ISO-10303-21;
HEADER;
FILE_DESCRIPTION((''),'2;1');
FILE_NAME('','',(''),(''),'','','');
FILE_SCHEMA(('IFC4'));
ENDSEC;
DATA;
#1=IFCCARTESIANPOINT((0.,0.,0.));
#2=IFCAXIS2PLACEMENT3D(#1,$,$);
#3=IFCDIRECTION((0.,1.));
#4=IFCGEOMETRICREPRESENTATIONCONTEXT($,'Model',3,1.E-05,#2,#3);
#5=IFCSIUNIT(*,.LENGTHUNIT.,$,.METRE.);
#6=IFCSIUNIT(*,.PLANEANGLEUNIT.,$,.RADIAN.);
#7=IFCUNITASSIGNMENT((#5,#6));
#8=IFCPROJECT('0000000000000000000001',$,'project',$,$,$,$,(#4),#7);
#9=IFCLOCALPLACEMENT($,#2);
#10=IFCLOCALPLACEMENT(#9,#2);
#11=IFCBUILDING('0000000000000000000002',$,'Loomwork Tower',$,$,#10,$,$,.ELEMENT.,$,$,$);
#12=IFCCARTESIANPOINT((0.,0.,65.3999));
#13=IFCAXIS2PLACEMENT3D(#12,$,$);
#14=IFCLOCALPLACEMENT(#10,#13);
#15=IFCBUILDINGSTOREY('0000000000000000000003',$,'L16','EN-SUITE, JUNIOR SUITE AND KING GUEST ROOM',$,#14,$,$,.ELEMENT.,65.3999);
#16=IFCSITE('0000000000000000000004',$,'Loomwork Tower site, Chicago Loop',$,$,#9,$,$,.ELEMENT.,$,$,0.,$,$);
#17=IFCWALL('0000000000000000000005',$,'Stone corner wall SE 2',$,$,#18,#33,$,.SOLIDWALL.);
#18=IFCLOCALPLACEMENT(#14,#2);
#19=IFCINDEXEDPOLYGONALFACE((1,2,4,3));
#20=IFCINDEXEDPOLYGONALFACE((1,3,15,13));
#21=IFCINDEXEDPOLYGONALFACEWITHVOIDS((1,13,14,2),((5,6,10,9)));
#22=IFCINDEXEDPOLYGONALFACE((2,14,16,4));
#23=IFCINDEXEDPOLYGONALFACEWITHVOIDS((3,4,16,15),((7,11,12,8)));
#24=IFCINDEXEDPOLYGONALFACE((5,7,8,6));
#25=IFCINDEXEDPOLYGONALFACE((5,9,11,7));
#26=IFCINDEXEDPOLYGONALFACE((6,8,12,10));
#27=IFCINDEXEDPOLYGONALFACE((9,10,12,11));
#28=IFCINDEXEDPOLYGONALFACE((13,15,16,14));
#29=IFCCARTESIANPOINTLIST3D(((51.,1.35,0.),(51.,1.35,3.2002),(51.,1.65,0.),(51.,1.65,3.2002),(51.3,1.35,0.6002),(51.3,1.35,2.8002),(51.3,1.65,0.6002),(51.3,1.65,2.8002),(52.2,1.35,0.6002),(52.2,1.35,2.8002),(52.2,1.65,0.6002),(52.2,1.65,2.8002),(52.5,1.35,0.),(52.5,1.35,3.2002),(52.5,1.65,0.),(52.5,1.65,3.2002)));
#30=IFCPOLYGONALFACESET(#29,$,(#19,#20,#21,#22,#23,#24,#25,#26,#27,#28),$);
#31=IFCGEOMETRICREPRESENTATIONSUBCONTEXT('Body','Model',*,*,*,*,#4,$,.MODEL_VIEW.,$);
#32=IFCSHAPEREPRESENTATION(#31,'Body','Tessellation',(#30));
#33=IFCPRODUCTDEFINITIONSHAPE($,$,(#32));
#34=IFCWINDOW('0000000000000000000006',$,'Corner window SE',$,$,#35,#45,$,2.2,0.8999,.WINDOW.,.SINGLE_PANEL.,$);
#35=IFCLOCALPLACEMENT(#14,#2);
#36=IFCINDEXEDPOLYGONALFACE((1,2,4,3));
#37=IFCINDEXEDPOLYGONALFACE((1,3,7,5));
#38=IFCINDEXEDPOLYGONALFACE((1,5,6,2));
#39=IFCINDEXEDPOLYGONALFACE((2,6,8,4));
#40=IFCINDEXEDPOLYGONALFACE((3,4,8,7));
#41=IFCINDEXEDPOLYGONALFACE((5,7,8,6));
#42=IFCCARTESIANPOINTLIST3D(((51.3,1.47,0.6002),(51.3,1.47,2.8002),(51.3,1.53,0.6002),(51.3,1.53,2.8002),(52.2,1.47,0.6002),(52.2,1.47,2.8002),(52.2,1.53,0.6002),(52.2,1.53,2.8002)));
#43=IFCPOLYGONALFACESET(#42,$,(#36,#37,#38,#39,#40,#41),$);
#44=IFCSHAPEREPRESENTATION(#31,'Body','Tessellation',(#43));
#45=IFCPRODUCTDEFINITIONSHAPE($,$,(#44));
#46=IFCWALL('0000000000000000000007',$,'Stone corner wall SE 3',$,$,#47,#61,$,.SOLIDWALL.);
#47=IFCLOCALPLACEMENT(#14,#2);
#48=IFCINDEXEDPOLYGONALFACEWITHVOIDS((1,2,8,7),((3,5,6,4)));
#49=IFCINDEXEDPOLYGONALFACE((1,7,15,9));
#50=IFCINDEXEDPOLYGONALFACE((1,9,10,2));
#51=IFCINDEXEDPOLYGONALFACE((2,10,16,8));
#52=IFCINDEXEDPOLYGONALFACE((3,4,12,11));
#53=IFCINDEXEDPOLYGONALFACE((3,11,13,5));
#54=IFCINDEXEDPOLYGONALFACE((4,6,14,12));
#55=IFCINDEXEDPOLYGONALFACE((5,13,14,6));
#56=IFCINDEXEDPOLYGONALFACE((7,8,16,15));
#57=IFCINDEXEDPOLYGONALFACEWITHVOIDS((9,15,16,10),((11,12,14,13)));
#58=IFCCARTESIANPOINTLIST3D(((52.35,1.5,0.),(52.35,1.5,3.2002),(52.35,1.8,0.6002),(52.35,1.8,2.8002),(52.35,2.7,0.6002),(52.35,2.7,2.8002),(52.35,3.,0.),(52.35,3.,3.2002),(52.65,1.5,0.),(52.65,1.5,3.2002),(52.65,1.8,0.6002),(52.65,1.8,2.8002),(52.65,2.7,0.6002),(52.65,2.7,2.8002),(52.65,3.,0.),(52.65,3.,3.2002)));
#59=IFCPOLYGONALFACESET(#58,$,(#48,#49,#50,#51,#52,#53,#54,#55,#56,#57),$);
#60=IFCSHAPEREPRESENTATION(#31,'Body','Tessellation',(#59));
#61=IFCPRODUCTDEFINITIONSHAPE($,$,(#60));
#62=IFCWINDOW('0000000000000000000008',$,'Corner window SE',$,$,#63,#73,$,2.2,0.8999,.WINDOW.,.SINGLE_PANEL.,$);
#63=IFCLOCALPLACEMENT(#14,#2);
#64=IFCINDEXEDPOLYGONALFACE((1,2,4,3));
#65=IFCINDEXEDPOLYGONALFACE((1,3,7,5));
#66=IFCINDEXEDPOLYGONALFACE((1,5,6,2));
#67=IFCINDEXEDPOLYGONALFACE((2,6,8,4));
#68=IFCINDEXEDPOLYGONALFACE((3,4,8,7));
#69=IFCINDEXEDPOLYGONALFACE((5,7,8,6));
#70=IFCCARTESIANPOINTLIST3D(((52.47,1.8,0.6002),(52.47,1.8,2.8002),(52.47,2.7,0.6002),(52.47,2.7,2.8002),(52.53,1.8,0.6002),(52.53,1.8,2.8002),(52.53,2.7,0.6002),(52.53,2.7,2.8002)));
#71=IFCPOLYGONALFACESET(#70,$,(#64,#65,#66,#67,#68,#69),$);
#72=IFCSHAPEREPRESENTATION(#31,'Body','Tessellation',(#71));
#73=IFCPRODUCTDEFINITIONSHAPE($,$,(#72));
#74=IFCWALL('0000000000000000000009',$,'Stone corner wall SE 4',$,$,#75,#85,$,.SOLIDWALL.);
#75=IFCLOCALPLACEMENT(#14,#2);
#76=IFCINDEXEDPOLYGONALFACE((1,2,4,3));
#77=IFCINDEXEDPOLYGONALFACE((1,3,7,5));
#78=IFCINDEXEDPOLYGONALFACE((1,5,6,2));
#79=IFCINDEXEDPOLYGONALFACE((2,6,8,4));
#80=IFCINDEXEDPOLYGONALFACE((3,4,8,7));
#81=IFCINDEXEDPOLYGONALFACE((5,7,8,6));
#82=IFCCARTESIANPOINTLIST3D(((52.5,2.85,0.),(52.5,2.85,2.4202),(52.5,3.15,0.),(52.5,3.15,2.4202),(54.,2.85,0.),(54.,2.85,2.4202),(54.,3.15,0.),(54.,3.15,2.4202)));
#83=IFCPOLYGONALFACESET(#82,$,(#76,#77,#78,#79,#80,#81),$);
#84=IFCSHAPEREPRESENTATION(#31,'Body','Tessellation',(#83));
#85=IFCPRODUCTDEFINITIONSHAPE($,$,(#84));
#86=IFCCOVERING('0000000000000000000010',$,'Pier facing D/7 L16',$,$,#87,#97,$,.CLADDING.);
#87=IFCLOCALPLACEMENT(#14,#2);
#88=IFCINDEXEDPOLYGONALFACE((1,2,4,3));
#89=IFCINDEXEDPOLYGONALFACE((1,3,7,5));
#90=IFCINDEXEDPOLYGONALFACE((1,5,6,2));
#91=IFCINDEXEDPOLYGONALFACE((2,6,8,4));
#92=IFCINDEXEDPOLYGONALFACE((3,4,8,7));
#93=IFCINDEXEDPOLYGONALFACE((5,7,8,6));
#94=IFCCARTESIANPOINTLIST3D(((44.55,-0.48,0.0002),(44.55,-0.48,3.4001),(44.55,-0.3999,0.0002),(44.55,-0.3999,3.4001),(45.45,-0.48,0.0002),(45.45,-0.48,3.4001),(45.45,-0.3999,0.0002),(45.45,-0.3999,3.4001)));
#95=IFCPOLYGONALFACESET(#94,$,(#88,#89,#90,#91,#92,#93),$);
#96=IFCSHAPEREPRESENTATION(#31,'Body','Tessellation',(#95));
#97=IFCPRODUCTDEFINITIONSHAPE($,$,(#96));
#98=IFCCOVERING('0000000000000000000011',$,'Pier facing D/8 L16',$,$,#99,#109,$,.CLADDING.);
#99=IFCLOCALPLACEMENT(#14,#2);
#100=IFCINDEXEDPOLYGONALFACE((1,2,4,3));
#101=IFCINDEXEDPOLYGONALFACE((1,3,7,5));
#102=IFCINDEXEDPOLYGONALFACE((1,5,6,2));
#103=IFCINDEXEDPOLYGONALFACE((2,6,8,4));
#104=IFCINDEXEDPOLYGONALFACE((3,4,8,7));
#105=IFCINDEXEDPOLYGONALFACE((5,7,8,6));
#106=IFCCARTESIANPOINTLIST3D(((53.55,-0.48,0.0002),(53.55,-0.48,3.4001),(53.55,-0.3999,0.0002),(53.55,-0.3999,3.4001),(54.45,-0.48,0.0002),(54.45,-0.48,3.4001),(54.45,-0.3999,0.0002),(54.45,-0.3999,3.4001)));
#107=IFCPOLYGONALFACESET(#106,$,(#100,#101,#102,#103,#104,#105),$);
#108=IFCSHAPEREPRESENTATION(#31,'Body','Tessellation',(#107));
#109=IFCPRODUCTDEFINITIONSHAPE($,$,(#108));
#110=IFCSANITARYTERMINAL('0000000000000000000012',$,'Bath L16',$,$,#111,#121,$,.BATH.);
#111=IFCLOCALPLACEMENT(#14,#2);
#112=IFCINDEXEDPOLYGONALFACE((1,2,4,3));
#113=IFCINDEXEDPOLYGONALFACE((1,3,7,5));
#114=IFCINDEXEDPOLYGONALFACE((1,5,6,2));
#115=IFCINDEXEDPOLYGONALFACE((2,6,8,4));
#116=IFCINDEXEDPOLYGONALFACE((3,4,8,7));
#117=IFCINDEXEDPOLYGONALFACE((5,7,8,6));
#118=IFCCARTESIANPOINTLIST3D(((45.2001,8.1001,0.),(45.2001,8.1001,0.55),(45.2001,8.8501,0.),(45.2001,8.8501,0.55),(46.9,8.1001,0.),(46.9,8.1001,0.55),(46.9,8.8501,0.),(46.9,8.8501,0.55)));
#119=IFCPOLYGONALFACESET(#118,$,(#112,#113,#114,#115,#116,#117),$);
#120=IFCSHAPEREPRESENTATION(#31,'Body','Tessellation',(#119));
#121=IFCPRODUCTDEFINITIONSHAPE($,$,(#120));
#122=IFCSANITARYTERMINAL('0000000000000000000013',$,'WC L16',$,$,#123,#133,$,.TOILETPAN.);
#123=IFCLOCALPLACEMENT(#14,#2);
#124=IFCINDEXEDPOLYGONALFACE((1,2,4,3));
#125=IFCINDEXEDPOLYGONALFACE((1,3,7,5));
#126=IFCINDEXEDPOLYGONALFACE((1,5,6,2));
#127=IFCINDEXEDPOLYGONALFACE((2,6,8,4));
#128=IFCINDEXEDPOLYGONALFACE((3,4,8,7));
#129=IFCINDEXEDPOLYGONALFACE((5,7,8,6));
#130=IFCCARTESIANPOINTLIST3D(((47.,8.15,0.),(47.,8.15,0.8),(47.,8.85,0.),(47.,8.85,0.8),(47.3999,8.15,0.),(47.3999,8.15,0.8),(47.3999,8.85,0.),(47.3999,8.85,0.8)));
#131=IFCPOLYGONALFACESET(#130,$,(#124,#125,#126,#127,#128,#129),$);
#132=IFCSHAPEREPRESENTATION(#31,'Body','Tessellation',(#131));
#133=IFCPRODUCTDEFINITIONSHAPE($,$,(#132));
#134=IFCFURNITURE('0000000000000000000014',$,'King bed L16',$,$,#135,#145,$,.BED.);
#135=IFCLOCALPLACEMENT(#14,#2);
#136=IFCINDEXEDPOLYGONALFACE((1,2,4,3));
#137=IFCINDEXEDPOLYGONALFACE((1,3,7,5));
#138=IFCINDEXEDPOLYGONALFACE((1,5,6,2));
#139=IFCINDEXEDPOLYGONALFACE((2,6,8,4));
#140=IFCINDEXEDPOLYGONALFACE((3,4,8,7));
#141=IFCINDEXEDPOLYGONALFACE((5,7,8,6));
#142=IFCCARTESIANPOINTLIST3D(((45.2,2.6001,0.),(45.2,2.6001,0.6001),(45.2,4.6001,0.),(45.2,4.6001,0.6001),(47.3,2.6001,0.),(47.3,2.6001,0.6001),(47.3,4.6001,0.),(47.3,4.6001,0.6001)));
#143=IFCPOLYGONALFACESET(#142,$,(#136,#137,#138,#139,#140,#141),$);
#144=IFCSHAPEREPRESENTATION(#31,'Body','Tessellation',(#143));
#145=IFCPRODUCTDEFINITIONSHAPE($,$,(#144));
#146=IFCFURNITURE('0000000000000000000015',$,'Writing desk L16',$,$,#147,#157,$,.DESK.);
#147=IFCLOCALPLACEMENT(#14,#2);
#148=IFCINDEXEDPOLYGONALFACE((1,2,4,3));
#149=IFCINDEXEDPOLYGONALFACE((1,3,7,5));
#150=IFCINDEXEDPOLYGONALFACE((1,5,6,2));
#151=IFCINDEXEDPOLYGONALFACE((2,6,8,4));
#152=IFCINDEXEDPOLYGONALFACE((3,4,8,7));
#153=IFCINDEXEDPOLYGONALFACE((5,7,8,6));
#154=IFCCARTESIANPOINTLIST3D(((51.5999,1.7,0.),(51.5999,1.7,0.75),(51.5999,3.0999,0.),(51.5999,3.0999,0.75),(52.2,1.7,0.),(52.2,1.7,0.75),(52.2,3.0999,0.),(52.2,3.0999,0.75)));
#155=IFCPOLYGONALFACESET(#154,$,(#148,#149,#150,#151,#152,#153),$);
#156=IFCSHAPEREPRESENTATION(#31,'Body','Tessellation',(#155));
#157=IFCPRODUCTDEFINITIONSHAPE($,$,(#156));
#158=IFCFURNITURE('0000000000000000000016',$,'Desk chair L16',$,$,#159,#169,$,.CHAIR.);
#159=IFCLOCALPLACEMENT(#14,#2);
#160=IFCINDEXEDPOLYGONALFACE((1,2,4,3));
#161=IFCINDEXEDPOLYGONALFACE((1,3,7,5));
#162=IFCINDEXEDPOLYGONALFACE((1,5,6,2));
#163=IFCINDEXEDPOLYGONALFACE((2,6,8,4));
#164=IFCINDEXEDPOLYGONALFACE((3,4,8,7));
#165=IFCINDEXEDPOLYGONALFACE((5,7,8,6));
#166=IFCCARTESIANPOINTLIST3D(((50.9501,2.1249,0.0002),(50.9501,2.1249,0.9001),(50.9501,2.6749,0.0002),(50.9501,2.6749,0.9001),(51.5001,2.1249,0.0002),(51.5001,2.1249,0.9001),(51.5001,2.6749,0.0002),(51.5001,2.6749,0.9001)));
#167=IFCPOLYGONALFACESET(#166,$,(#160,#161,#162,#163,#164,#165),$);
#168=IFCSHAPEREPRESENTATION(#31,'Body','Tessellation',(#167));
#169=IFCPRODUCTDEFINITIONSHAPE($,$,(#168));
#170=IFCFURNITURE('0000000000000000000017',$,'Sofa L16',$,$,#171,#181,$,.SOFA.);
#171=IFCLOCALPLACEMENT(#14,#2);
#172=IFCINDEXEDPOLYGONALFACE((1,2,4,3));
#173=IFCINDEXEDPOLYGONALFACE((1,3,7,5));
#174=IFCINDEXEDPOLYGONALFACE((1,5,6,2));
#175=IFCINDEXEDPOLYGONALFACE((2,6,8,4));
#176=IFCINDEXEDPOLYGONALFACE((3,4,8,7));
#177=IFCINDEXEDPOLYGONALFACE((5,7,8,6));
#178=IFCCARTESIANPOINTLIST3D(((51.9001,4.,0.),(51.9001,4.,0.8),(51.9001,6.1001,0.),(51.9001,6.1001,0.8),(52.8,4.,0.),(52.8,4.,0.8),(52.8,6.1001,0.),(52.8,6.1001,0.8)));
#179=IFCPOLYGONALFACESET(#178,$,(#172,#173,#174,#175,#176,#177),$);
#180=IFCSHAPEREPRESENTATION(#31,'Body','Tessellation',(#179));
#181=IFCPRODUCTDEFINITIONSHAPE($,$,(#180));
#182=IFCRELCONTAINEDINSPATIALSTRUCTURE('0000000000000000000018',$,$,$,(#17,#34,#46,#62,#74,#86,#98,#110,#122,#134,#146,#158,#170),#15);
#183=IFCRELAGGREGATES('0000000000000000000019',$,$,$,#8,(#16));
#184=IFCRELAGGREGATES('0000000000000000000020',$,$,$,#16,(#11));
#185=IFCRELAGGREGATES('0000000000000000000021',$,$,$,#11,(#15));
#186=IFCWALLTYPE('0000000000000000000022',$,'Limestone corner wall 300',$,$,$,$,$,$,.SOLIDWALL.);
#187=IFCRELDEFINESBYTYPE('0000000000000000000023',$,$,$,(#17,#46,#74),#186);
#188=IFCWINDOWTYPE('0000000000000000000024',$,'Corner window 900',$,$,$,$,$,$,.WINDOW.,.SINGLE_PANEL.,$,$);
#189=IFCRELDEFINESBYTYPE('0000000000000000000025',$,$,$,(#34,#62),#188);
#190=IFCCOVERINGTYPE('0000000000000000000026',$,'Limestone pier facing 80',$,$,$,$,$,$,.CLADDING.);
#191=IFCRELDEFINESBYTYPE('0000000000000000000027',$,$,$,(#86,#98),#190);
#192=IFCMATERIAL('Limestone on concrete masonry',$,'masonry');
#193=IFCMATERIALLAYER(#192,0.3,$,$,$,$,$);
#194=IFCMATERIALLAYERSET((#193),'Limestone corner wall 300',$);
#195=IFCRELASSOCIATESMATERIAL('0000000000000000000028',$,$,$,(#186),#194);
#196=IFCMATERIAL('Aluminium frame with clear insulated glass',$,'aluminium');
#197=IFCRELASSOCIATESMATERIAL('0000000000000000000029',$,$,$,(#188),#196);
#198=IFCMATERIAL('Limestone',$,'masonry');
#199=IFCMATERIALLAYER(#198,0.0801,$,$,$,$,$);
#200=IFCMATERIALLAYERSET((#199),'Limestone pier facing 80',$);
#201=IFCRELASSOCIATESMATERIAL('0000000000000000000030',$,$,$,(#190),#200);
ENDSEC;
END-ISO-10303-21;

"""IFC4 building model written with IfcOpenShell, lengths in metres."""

from ifc_helpers import new_model, si_unit, direction, frame, frame_2d, origin, origin_2d, place, context, subcontext, project, spatial, rectangle, extrude, material, layer, layer_set, type_object, element, fill, save


model = new_model("IFC4")

# Units and contexts
model_context = context("Model", 3, precision=1e-05, world=origin(), true_north=direction((0.0, 1.0)))
body_context = subcontext(model_context, "Body", "Model", "MODEL_VIEW")
ifc_project = project(units=[si_unit("LENGTHUNIT", "METRE"), si_unit("PLANEANGLEUNIT", "RADIAN")], contexts=[model_context])

# Site, building, storey
site_placement = place(None, origin())
site = spatial("IfcSite", under=ifc_project, at=site_placement, Name="Loomwork Tower site, Chicago Loop", CompositionType="ELEMENT", RefElevation=0.0)
building_placement = place(site_placement, origin())
building = spatial("IfcBuilding", under=site, at=building_placement, Name="Loomwork Tower", CompositionType="ELEMENT")
storey_placement = place(building_placement, frame((0.0, 0.0, 65.3999)))
storey = spatial("IfcBuildingStorey", under=building, at=storey_placement, Name="L16", Description="EN-SUITE, JUNIOR SUITE AND KING GUEST ROOM", CompositionType="ELEMENT", Elevation=65.3999)

# Shared definitions
ifc_material_1 = material(Name="Limestone on concrete masonry", Category="masonry")
ifc_layer_1 = layer(ifc_material_1, 0.3)
ifc_layer_set_1 = layer_set([ifc_layer_1], Name="Limestone corner wall 300")
wall_type_1 = type_object("IfcWallType", Name="Limestone corner wall 300", PredefinedType="SOLIDWALL", material=ifc_layer_set_1)

# Walls, openings, windows
wall_1_placement = place(storey_placement, frame((51.0, 1.5, 0.0), z_axis=(0.0, 0.0, 1.0), x_axis=(1.0, 0.0, 0.0)))
wall_1 = element("IfcWall", 1, at=wall_1_placement, inside=storey, type_object=wall_type_1, Name="Stone corner wall SE 2", PredefinedType="SOLIDWALL", context=body_context, shape_type="SweptSolid", body=[
    extrude(rectangle(XDim=1.5, YDim=0.3, at=frame_2d((0.75, 0.0))), origin(), (0.0, 0.0, 1.0), 3.2002),
])
opening_1_placement = place(wall_1_placement, frame((0.3, 0.0, 0.6001)))
opening_1 = element("IfcOpeningElement", 2, at=opening_1_placement, cuts=wall_1, PredefinedType="OPENING", context=body_context, shape_type="SweptSolid", body=[
    extrude(rectangle(XDim=0.8999, YDim=2.2, at=frame_2d((0.45, 1.1001))), frame((0.0, 0.1599, 0.0), z_axis=(0.0, -1.0, 0.0), x_axis=(1.0, 0.0, 0.0)), (0.0, 0.0, 1.0), 0.3201),
])
ifc_material_2 = material(Name="Aluminium frame with clear insulated glass", Category="aluminium")
window_type_1 = type_object("IfcWindowType", Name="Corner window 900", PartitioningType="SINGLE_PANEL", PredefinedType="WINDOW", material=ifc_material_2)
window_1_placement = place(opening_1_placement, origin())
window_1 = element("IfcWindow", 3, at=window_1_placement, inside=storey, type_object=window_type_1, Name="Corner window SE", OverallHeight=2.2, OverallWidth=0.8999, PartitioningType="SINGLE_PANEL", PredefinedType="WINDOW", context=body_context, shape_type="SweptSolid", body=[
    extrude(rectangle(XDim=0.8999, YDim=2.2, at=frame_2d((0.45, 1.1001))), frame((0.0, 0.03, 0.0), z_axis=(0.0, -1.0, 0.0), x_axis=(1.0, 0.0, 0.0)), (0.0, 0.0, 1.0), 0.0601),
])
fill(opening_1, window_1)
wall_2_placement = place(storey_placement, frame((52.5, 1.5, 0.0), z_axis=(0.0, 0.0, 1.0), x_axis=(0.0, 1.0, 0.0)))
wall_2 = element("IfcWall", 4, at=wall_2_placement, inside=storey, type_object=wall_type_1, Name="Stone corner wall SE 3", PredefinedType="SOLIDWALL", context=body_context, shape_type="SweptSolid", body=[
    extrude(rectangle(XDim=1.5, YDim=0.3, at=frame_2d((0.75, 0.0))), origin(), (0.0, 0.0, 1.0), 3.2002),
])
opening_2_placement = place(wall_2_placement, frame((0.3, 0.0, 0.6001)))
opening_2 = element("IfcOpeningElement", 5, at=opening_2_placement, cuts=wall_2, PredefinedType="OPENING", context=body_context, shape_type="SweptSolid", body=[
    extrude(rectangle(XDim=0.8999, YDim=2.2, at=frame_2d((0.45, 1.1001))), frame((0.0, 0.1599, 0.0), z_axis=(0.0, -1.0, 0.0), x_axis=(1.0, 0.0, 0.0)), (0.0, 0.0, 1.0), 0.3201),
])
window_2_placement = place(opening_2_placement, origin())
window_2 = element("IfcWindow", 6, at=window_2_placement, inside=storey, type_object=window_type_1, Name="Corner window SE", OverallHeight=2.2, OverallWidth=0.8999, PartitioningType="SINGLE_PANEL", PredefinedType="WINDOW", context=body_context, shape_type="SweptSolid", body=[
    extrude(rectangle(XDim=0.8999, YDim=2.2, at=frame_2d((0.45, 1.1001))), frame((0.0, 0.03, 0.0), z_axis=(0.0, -1.0, 0.0), x_axis=(1.0, 0.0, 0.0)), (0.0, 0.0, 1.0), 0.0601),
])
fill(opening_2, window_2)

# Wall
wall_3_placement = place(storey_placement, frame((52.5, 3.0, 0.0), z_axis=(0.0, 0.0, 1.0), x_axis=(1.0, 0.0, 0.0)))
element("IfcWall", 7, at=wall_3_placement, inside=storey, type_object=wall_type_1, Name="Stone corner wall SE 4", PredefinedType="SOLIDWALL", context=body_context, shape_type="SweptSolid", body=[
    extrude(rectangle(XDim=1.5, YDim=0.3, at=frame_2d((0.75, 0.0))), origin(), (0.0, 0.0, 1.0), 2.4202),
])

# Coverings
ifc_material_3 = material(Name="Limestone", Category="masonry")
ifc_layer_2 = layer(ifc_material_3, 0.0801)
ifc_layer_set_2 = layer_set([ifc_layer_2], Name="Limestone pier facing 80")
covering_type = type_object("IfcCoveringType", Name="Limestone pier facing 80", PredefinedType="CLADDING", material=ifc_layer_set_2)
for number, where, z_axis, x_axis, name in (
    (8, (45.0, -0.4399, 0.0002), (0.0, 0.0, 1.0), (1.0, 0.0, 0.0), "Pier facing D/7 L16"),
    (9, (54.0, -0.4399, 0.0002), (0.0, 0.0, 1.0), (1.0, 0.0, 0.0), "Pier facing D/8 L16"),
):
    element("IfcCovering", number, at=place(storey_placement, frame(where, z_axis=z_axis, x_axis=x_axis)), inside=storey, type_object=covering_type, Name=name, PredefinedType="CLADDING", context=body_context, shape_type="SweptSolid", body=[
        extrude(rectangle(XDim=0.8999, YDim=0.0801, at=origin_2d()), origin(), (0.0, 0.0, 1.0), 3.3999),
    ])

# Sanitary terminals
sanitary_terminal_1_placement = place(storey_placement, frame((46.05, 8.4751, 0.0), z_axis=(0.0, 0.0, 1.0), x_axis=(1.0, 0.0, 0.0)))
element("IfcSanitaryTerminal", 10, at=sanitary_terminal_1_placement, inside=storey, Name="Bath L16", PredefinedType="BATH", context=body_context, shape_type="SweptSolid", body=[
    extrude(rectangle(XDim=1.7, YDim=0.75, at=origin_2d()), origin(), (0.0, 0.0, 1.0), 0.55),
])
sanitary_terminal_2_placement = place(storey_placement, frame((47.2, 8.5, 0.0), z_axis=(0.0, 0.0, 1.0), x_axis=(1.0, 0.0, 0.0)))
element("IfcSanitaryTerminal", 11, at=sanitary_terminal_2_placement, inside=storey, Name="WC L16", PredefinedType="TOILETPAN", context=body_context, shape_type="SweptSolid", body=[
    extrude(rectangle(XDim=0.3999, YDim=0.7, at=origin_2d()), origin(), (0.0, 0.0, 1.0), 0.8),
])

# Furniture
furniture_1_placement = place(storey_placement, frame((46.25, 3.6001, 0.0), z_axis=(0.0, 0.0, 1.0), x_axis=(1.0, 0.0, 0.0)))
element("IfcFurniture", 12, at=furniture_1_placement, inside=storey, Name="King bed L16", PredefinedType="BED", context=body_context, shape_type="SweptSolid", body=[
    extrude(rectangle(XDim=2.1001, YDim=2.0, at=origin_2d()), origin(), (0.0, 0.0, 1.0), 0.6001),
])
furniture_2_placement = place(storey_placement, frame((51.8999, 2.3999, 0.0), z_axis=(0.0, 0.0, 1.0), x_axis=(1.0, 0.0, 0.0)))
element("IfcFurniture", 13, at=furniture_2_placement, inside=storey, Name="Writing desk L16", PredefinedType="DESK", context=body_context, shape_type="SweptSolid", body=[
    extrude(rectangle(XDim=0.6001, YDim=1.3999, at=origin_2d()), origin(), (0.0, 0.0, 1.0), 0.75),
])
furniture_3_placement = place(storey_placement, frame((51.2251, 2.3999, 0.0002), z_axis=(0.0, 0.0, 1.0), x_axis=(1.0, 0.0, 0.0)))
element("IfcFurniture", 14, at=furniture_3_placement, inside=storey, Name="Desk chair L16", PredefinedType="CHAIR", context=body_context, shape_type="SweptSolid", body=[
    extrude(rectangle(XDim=0.55, YDim=0.55, at=origin_2d()), origin(), (0.0, 0.0, 1.0), 0.8999),
])
furniture_4_placement = place(storey_placement, frame((52.3501, 5.05, 0.0), z_axis=(0.0, 0.0, 1.0), x_axis=(1.0, 0.0, 0.0)))
element("IfcFurniture", 15, at=furniture_4_placement, inside=storey, Name="Sofa L16", PredefinedType="SOFA", context=body_context, shape_type="SweptSolid", body=[
    extrude(rectangle(XDim=0.8999, YDim=2.1001, at=origin_2d()), origin(), (0.0, 0.0, 1.0), 0.8),
])

save(model, "model.ifc")
